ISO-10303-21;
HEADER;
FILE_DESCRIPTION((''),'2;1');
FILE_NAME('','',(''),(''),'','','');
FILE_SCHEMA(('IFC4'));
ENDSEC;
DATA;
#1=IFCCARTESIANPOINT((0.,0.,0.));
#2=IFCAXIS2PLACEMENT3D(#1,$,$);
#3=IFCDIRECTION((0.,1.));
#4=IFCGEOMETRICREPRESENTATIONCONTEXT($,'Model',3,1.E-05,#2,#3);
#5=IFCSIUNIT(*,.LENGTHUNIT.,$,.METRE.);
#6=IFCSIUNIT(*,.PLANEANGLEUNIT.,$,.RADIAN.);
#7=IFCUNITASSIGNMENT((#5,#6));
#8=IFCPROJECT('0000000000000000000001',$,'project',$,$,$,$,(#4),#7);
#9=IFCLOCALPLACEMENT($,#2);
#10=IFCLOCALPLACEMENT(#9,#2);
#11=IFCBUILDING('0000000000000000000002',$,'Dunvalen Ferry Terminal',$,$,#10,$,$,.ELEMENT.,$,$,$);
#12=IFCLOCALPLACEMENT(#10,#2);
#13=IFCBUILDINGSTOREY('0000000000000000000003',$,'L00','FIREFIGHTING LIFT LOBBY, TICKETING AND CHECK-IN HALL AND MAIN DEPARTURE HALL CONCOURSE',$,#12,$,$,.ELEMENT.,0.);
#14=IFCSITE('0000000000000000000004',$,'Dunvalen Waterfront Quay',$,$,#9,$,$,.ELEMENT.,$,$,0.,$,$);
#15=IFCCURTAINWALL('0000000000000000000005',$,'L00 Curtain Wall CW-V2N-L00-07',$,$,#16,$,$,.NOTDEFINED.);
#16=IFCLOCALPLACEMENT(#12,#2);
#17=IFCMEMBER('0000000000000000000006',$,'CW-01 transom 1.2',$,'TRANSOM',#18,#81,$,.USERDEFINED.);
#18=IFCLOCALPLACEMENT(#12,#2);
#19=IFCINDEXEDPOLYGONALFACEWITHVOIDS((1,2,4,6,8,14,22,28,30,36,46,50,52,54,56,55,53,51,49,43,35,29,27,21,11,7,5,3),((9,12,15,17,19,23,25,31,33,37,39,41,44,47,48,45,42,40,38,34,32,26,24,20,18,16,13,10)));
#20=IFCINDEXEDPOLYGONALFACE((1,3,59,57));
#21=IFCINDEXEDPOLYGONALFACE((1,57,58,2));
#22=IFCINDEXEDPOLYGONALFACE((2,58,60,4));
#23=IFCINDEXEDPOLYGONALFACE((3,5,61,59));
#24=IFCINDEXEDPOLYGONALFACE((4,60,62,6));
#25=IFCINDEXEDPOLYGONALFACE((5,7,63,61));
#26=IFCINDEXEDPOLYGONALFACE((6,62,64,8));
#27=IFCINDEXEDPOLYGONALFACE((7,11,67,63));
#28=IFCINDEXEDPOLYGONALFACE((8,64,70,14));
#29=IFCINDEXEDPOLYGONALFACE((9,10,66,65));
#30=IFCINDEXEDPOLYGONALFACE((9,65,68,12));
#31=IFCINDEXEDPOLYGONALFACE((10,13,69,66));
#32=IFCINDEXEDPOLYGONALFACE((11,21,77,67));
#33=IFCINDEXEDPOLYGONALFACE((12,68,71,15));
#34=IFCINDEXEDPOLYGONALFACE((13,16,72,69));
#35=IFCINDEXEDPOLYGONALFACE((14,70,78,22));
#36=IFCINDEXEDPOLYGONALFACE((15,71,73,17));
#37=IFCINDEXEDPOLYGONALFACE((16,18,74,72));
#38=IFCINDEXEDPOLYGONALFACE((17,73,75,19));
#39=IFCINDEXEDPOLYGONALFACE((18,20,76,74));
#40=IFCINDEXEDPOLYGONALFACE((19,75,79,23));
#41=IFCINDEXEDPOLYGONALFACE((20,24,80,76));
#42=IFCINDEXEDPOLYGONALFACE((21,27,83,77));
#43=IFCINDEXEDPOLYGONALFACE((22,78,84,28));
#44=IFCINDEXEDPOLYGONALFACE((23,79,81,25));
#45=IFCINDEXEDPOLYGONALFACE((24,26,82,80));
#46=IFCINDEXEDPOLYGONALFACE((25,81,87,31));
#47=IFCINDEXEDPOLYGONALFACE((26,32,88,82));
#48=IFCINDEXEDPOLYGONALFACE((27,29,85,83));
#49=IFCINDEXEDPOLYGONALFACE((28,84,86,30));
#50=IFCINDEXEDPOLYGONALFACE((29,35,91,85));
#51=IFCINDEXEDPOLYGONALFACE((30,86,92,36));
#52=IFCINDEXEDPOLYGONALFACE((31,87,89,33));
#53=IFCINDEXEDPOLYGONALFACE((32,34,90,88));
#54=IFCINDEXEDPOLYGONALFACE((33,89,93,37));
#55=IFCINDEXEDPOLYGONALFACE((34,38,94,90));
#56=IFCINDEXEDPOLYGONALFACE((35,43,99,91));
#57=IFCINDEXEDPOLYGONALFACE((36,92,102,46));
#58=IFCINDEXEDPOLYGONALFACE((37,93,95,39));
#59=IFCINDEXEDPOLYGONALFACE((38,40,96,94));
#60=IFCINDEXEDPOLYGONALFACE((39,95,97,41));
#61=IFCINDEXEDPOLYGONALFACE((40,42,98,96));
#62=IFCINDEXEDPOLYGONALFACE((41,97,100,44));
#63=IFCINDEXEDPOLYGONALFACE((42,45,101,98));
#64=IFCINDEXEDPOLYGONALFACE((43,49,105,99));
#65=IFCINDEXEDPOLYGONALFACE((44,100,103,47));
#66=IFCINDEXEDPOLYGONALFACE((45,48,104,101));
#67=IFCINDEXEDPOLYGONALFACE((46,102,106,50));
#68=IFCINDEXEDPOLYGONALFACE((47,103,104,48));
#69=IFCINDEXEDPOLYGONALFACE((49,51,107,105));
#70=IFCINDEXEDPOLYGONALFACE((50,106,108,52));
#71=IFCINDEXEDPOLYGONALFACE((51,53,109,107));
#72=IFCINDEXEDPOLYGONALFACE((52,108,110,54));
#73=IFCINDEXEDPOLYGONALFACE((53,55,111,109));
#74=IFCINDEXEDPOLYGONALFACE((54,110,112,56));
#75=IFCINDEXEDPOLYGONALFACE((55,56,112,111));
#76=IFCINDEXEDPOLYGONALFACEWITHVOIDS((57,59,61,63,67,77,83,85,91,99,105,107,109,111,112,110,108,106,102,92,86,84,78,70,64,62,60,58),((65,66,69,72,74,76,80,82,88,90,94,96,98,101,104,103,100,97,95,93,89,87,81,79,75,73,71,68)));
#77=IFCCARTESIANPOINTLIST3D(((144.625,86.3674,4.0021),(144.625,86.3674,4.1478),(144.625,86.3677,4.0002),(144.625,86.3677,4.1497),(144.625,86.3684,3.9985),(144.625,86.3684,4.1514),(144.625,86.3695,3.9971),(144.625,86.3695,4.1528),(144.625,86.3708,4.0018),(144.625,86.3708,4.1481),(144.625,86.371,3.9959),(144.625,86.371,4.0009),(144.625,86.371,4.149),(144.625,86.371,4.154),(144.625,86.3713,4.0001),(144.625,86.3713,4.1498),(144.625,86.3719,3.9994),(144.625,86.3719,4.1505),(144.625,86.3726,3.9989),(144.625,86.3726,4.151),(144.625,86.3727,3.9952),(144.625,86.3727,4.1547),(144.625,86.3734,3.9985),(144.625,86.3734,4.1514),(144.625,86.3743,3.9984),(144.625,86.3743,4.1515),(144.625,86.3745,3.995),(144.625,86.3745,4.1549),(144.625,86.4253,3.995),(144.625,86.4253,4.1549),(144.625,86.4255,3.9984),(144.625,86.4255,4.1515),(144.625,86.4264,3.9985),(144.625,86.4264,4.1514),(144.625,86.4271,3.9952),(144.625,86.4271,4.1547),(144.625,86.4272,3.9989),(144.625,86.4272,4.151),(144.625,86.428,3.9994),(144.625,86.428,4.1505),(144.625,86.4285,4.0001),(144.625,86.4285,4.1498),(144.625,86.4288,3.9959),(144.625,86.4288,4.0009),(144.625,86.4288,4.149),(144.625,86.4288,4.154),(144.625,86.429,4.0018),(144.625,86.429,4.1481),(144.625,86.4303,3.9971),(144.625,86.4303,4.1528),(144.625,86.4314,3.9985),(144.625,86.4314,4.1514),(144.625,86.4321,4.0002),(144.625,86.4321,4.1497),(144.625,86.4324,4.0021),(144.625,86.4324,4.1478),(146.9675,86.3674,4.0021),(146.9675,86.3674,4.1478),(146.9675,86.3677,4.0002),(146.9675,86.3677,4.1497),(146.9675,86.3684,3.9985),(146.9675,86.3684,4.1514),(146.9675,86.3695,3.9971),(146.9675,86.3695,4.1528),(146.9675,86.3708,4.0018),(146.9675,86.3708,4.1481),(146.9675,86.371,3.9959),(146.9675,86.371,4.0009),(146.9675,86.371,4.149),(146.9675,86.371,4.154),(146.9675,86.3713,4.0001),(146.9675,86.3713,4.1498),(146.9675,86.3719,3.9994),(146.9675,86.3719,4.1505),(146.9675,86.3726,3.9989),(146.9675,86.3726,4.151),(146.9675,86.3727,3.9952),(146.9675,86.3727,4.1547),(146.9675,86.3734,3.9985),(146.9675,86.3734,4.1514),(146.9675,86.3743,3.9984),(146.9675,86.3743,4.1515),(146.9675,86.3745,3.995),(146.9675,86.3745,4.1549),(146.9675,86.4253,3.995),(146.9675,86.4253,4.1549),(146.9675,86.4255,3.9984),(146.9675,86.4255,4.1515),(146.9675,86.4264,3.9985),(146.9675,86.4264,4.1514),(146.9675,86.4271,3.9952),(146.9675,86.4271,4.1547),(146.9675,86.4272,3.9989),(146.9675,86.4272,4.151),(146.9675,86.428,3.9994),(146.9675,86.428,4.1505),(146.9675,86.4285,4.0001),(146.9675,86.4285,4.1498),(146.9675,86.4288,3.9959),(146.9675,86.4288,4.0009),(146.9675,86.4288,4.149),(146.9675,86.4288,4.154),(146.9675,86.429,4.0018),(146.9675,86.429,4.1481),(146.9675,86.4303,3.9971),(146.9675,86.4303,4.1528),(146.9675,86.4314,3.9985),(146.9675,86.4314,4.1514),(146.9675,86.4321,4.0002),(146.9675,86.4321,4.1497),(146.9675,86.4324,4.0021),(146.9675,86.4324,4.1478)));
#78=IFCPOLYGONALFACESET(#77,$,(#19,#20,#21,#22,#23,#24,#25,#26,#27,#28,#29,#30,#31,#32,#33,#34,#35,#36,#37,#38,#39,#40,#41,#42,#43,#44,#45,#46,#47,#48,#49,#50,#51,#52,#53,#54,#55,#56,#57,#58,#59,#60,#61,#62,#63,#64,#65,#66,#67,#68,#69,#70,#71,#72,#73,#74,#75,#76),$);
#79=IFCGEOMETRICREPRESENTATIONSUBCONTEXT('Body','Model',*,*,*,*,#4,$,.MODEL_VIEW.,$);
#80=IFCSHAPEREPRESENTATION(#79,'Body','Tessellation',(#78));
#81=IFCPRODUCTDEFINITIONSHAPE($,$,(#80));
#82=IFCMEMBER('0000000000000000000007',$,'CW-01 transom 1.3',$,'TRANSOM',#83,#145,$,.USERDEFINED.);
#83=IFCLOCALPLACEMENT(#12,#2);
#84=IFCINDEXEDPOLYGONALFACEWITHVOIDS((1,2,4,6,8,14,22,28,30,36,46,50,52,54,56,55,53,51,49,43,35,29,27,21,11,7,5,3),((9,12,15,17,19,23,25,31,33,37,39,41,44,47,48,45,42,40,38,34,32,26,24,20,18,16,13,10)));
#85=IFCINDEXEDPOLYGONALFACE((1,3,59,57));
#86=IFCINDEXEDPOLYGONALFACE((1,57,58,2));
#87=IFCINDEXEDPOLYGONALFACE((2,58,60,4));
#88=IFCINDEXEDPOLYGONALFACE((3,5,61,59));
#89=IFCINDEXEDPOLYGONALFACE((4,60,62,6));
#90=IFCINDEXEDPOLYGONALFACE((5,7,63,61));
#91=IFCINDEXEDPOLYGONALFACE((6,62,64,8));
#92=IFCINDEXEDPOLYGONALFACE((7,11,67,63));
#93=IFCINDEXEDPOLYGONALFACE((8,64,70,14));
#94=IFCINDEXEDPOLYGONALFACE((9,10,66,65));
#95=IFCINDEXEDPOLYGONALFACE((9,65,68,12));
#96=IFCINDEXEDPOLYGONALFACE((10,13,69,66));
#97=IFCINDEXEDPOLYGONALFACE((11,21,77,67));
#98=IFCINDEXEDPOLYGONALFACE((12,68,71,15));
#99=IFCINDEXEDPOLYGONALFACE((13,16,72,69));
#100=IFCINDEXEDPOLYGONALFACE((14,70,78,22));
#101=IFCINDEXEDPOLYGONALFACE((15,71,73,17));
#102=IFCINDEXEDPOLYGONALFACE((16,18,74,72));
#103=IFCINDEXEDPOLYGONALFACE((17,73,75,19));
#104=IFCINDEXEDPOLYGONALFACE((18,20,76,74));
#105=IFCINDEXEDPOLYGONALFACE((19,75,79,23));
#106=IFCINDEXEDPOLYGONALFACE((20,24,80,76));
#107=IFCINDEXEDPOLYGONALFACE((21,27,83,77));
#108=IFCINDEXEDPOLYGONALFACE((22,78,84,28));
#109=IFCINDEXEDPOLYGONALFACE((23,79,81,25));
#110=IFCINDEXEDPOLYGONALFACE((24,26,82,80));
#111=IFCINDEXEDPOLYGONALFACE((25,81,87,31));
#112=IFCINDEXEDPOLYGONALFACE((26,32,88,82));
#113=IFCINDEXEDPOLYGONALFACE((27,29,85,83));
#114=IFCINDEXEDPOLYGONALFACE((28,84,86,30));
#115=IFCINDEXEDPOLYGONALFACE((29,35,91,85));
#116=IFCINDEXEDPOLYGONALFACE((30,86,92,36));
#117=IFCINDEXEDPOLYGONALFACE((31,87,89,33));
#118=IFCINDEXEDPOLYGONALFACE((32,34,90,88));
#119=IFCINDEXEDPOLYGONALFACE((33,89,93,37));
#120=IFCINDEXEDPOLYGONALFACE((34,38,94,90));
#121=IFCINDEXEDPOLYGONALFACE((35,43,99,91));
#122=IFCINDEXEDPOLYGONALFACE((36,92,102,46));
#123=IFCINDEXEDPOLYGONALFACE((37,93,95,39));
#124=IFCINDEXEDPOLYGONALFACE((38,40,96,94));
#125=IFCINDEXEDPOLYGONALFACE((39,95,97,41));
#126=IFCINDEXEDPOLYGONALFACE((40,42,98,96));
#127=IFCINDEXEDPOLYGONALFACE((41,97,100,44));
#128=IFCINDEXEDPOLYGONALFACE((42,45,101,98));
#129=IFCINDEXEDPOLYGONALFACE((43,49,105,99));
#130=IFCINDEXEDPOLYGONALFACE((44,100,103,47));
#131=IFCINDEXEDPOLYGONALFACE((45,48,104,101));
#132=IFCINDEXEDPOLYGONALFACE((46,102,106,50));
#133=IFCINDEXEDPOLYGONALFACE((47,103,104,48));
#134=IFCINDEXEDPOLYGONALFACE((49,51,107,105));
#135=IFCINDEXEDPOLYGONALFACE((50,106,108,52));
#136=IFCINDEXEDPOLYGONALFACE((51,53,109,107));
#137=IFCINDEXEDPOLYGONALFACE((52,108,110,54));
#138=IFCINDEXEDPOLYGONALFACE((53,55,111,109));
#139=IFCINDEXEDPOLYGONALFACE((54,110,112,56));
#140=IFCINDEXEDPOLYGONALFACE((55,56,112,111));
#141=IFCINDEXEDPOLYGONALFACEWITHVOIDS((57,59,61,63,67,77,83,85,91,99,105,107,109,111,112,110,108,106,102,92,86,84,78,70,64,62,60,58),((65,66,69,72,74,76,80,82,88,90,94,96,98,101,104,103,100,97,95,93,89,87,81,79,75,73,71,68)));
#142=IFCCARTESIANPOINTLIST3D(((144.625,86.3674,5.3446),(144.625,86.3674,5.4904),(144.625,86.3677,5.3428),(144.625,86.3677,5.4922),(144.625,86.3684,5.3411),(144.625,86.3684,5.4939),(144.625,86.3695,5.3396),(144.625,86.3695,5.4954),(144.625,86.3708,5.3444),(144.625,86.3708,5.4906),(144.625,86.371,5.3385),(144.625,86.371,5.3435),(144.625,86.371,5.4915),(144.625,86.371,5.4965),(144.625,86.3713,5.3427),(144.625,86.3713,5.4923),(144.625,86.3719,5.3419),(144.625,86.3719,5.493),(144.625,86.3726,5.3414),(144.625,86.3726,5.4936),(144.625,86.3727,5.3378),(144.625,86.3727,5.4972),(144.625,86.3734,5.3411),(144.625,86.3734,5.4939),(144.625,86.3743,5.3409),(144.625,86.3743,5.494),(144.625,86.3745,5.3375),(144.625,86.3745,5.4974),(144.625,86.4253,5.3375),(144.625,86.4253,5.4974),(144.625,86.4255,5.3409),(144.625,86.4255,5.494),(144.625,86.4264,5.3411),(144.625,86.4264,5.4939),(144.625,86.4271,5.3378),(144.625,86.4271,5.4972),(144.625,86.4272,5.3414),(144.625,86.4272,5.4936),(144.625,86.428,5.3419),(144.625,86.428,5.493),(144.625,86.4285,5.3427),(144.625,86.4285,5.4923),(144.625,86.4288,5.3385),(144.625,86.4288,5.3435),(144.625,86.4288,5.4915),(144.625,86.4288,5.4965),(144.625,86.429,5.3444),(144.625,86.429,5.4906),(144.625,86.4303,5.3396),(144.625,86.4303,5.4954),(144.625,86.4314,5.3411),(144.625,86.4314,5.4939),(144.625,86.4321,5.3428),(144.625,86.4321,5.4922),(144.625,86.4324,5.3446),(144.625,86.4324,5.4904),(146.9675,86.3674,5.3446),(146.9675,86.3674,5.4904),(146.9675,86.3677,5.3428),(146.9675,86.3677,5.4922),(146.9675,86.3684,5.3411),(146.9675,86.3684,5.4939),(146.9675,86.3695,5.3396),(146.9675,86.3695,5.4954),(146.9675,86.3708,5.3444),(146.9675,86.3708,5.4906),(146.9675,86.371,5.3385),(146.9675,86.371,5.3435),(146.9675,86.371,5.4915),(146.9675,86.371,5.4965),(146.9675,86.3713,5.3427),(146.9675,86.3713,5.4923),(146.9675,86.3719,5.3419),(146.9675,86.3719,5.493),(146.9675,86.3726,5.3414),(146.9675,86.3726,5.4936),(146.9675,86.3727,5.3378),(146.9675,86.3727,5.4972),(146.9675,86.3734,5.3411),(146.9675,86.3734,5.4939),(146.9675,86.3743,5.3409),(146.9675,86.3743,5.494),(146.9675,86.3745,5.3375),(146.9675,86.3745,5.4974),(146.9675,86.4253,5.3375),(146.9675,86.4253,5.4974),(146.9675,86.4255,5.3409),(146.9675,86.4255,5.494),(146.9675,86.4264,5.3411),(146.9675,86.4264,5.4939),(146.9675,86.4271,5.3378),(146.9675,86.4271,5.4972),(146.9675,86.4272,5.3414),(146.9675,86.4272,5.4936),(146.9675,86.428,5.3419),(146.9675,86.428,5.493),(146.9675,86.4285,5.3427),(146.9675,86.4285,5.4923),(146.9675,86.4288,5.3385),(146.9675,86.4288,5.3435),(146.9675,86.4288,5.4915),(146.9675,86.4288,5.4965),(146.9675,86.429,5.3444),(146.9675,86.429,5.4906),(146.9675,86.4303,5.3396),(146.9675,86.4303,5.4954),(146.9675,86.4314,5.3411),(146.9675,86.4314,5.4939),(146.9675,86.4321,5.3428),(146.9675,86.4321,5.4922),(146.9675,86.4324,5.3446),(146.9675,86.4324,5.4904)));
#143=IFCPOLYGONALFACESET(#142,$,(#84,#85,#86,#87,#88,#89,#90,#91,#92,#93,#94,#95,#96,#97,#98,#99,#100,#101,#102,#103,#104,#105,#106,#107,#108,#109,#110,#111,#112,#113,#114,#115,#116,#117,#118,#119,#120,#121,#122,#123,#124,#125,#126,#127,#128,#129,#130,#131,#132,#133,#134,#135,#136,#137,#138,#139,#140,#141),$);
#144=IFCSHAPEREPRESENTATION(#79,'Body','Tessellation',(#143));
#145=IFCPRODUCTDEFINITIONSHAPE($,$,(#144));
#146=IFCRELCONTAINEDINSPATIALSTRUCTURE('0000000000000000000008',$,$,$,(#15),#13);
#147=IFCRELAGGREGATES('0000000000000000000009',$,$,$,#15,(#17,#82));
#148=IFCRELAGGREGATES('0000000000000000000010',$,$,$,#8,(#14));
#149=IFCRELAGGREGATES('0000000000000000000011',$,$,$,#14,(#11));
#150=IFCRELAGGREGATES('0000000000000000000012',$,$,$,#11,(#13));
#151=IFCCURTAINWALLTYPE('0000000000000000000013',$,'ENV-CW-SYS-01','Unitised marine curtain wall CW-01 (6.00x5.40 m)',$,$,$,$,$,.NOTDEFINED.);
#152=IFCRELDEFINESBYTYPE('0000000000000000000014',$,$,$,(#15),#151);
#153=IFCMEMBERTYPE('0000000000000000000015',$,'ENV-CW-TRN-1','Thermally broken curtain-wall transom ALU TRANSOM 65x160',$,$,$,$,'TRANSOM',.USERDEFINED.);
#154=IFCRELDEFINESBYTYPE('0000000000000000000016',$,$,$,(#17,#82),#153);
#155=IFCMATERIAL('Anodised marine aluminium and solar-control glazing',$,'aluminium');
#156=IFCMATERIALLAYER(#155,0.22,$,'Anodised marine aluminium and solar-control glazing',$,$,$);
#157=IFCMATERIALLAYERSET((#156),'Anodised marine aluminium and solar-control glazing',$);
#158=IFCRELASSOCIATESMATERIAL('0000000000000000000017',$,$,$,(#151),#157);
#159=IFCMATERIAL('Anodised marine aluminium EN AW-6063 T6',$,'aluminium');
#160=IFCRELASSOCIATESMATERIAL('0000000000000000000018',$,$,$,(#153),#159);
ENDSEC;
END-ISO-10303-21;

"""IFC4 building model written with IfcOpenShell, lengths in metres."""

from ifc_helpers import new_model, si_unit, direction, frame, origin, origin_2d, place, context, subcontext, project, spatial, hollow_rectangle, extrude, material, layer, layer_set, material_profile, profile_set, type_object, element, aggregate, save


model = new_model("IFC4")

# Units and contexts
model_context = context("Model", 3, precision=1e-05, world=origin(), true_north=direction((0.0, 1.0)))
body_context = subcontext(model_context, "Body", "Model", "MODEL_VIEW")
ifc_project = project(units=[si_unit("LENGTHUNIT", "METRE"), si_unit("PLANEANGLEUNIT", "RADIAN")], contexts=[model_context])

# Site, building, storey
site_placement = place(None, origin())
site = spatial("IfcSite", under=ifc_project, at=site_placement, Name="Dunvalen Waterfront Quay", CompositionType="ELEMENT", RefElevation=0.0)
building_placement = place(site_placement, origin())
building = spatial("IfcBuilding", under=site, at=building_placement, Name="Dunvalen Ferry Terminal", CompositionType="ELEMENT")
storey_placement = place(building_placement, origin())
storey = spatial("IfcBuildingStorey", under=building, at=storey_placement, Name="L00", Description="FIREFIGHTING LIFT LOBBY, TICKETING AND CHECK-IN HALL AND MAIN DEPARTURE HALL CONCOURSE", CompositionType="ELEMENT", Elevation=0.0)

# Curtain wall
ifc_material_1 = material(Name="Anodised marine aluminium and solar-control glazing", Category="aluminium")
ifc_layer_1 = layer(ifc_material_1, 0.22, Name="Anodised marine aluminium and solar-control glazing")
ifc_layer_set_1 = layer_set([ifc_layer_1], Name="Anodised marine aluminium and solar-control glazing")
curtain_wall_type = type_object("IfcCurtainWallType", Name="ENV-CW-SYS-01", Description="Unitised marine curtain wall CW-01 (6.00x5.40 m)", PredefinedType="NOTDEFINED", material=ifc_layer_set_1)
curtain_wall_1_placement = place(storey_placement, origin())
curtain_wall_1 = element("IfcCurtainWall", 1, at=curtain_wall_1_placement, inside=storey, type_object=curtain_wall_type, Name="L00 Curtain Wall CW-V2N-L00-07", PredefinedType="NOTDEFINED")
ifc_material_2 = material(Name="Anodised marine aluminium EN AW-6063 T6", Category="aluminium")

# Members
ifc_material_profile_1 = material_profile(ifc_material_2, hollow_rectangle(XDim=0.0649, YDim=0.1599, WallThickness=0.0034, InnerFilletRadius=0.0034, OuterFilletRadius=0.0071, at=origin_2d()), Name="Anodised marine aluminium EN AW-6063 T6")
ifc_profile_set_1 = profile_set([ifc_material_profile_1], Name="Anodised marine aluminium EN AW-6063 T6")
member_type_1 = type_object("IfcMemberType", Name="ENV-CW-TRN-1", Description="Thermally broken curtain-wall transom ALU TRANSOM 65x160", ElementType="TRANSOM", PredefinedType="USERDEFINED", material=ifc_profile_set_1)
member_1_placement = place(storey_placement, frame((144.625, 86.3999, 4.075), z_axis=(1.0, 0.0, 0.0), x_axis=(0.0, 1.0, 0.0)))
member_1 = element("IfcMember", 2, at=member_1_placement, type_object=member_type_1, Name="CW-01 transom 1.2", ObjectType="TRANSOM", PredefinedType="USERDEFINED", context=body_context, shape_type="SweptSolid", body=[
    extrude(hollow_rectangle(XDim=0.0649, YDim=0.1599, WallThickness=0.0034, InnerFilletRadius=0.0034, OuterFilletRadius=0.0071, at=origin_2d()), origin(), (0.0, 0.0, 1.0), 2.3425),
])
member_2_placement = place(storey_placement, frame((144.625, 86.3999, 5.4175), z_axis=(1.0, 0.0, 0.0), x_axis=(0.0, 1.0, 0.0)))
member_2 = element("IfcMember", 3, at=member_2_placement, type_object=member_type_1, Name="CW-01 transom 1.3", ObjectType="TRANSOM", PredefinedType="USERDEFINED", context=body_context, shape_type="SweptSolid", body=[
    extrude(hollow_rectangle(XDim=0.0649, YDim=0.1599, WallThickness=0.0034, InnerFilletRadius=0.0034, OuterFilletRadius=0.0071, at=origin_2d()), origin(), (0.0, 0.0, 1.0), 2.3425),
])

aggregate(curtain_wall_1, [member_1, member_2])

save(model, "model.ifc")
